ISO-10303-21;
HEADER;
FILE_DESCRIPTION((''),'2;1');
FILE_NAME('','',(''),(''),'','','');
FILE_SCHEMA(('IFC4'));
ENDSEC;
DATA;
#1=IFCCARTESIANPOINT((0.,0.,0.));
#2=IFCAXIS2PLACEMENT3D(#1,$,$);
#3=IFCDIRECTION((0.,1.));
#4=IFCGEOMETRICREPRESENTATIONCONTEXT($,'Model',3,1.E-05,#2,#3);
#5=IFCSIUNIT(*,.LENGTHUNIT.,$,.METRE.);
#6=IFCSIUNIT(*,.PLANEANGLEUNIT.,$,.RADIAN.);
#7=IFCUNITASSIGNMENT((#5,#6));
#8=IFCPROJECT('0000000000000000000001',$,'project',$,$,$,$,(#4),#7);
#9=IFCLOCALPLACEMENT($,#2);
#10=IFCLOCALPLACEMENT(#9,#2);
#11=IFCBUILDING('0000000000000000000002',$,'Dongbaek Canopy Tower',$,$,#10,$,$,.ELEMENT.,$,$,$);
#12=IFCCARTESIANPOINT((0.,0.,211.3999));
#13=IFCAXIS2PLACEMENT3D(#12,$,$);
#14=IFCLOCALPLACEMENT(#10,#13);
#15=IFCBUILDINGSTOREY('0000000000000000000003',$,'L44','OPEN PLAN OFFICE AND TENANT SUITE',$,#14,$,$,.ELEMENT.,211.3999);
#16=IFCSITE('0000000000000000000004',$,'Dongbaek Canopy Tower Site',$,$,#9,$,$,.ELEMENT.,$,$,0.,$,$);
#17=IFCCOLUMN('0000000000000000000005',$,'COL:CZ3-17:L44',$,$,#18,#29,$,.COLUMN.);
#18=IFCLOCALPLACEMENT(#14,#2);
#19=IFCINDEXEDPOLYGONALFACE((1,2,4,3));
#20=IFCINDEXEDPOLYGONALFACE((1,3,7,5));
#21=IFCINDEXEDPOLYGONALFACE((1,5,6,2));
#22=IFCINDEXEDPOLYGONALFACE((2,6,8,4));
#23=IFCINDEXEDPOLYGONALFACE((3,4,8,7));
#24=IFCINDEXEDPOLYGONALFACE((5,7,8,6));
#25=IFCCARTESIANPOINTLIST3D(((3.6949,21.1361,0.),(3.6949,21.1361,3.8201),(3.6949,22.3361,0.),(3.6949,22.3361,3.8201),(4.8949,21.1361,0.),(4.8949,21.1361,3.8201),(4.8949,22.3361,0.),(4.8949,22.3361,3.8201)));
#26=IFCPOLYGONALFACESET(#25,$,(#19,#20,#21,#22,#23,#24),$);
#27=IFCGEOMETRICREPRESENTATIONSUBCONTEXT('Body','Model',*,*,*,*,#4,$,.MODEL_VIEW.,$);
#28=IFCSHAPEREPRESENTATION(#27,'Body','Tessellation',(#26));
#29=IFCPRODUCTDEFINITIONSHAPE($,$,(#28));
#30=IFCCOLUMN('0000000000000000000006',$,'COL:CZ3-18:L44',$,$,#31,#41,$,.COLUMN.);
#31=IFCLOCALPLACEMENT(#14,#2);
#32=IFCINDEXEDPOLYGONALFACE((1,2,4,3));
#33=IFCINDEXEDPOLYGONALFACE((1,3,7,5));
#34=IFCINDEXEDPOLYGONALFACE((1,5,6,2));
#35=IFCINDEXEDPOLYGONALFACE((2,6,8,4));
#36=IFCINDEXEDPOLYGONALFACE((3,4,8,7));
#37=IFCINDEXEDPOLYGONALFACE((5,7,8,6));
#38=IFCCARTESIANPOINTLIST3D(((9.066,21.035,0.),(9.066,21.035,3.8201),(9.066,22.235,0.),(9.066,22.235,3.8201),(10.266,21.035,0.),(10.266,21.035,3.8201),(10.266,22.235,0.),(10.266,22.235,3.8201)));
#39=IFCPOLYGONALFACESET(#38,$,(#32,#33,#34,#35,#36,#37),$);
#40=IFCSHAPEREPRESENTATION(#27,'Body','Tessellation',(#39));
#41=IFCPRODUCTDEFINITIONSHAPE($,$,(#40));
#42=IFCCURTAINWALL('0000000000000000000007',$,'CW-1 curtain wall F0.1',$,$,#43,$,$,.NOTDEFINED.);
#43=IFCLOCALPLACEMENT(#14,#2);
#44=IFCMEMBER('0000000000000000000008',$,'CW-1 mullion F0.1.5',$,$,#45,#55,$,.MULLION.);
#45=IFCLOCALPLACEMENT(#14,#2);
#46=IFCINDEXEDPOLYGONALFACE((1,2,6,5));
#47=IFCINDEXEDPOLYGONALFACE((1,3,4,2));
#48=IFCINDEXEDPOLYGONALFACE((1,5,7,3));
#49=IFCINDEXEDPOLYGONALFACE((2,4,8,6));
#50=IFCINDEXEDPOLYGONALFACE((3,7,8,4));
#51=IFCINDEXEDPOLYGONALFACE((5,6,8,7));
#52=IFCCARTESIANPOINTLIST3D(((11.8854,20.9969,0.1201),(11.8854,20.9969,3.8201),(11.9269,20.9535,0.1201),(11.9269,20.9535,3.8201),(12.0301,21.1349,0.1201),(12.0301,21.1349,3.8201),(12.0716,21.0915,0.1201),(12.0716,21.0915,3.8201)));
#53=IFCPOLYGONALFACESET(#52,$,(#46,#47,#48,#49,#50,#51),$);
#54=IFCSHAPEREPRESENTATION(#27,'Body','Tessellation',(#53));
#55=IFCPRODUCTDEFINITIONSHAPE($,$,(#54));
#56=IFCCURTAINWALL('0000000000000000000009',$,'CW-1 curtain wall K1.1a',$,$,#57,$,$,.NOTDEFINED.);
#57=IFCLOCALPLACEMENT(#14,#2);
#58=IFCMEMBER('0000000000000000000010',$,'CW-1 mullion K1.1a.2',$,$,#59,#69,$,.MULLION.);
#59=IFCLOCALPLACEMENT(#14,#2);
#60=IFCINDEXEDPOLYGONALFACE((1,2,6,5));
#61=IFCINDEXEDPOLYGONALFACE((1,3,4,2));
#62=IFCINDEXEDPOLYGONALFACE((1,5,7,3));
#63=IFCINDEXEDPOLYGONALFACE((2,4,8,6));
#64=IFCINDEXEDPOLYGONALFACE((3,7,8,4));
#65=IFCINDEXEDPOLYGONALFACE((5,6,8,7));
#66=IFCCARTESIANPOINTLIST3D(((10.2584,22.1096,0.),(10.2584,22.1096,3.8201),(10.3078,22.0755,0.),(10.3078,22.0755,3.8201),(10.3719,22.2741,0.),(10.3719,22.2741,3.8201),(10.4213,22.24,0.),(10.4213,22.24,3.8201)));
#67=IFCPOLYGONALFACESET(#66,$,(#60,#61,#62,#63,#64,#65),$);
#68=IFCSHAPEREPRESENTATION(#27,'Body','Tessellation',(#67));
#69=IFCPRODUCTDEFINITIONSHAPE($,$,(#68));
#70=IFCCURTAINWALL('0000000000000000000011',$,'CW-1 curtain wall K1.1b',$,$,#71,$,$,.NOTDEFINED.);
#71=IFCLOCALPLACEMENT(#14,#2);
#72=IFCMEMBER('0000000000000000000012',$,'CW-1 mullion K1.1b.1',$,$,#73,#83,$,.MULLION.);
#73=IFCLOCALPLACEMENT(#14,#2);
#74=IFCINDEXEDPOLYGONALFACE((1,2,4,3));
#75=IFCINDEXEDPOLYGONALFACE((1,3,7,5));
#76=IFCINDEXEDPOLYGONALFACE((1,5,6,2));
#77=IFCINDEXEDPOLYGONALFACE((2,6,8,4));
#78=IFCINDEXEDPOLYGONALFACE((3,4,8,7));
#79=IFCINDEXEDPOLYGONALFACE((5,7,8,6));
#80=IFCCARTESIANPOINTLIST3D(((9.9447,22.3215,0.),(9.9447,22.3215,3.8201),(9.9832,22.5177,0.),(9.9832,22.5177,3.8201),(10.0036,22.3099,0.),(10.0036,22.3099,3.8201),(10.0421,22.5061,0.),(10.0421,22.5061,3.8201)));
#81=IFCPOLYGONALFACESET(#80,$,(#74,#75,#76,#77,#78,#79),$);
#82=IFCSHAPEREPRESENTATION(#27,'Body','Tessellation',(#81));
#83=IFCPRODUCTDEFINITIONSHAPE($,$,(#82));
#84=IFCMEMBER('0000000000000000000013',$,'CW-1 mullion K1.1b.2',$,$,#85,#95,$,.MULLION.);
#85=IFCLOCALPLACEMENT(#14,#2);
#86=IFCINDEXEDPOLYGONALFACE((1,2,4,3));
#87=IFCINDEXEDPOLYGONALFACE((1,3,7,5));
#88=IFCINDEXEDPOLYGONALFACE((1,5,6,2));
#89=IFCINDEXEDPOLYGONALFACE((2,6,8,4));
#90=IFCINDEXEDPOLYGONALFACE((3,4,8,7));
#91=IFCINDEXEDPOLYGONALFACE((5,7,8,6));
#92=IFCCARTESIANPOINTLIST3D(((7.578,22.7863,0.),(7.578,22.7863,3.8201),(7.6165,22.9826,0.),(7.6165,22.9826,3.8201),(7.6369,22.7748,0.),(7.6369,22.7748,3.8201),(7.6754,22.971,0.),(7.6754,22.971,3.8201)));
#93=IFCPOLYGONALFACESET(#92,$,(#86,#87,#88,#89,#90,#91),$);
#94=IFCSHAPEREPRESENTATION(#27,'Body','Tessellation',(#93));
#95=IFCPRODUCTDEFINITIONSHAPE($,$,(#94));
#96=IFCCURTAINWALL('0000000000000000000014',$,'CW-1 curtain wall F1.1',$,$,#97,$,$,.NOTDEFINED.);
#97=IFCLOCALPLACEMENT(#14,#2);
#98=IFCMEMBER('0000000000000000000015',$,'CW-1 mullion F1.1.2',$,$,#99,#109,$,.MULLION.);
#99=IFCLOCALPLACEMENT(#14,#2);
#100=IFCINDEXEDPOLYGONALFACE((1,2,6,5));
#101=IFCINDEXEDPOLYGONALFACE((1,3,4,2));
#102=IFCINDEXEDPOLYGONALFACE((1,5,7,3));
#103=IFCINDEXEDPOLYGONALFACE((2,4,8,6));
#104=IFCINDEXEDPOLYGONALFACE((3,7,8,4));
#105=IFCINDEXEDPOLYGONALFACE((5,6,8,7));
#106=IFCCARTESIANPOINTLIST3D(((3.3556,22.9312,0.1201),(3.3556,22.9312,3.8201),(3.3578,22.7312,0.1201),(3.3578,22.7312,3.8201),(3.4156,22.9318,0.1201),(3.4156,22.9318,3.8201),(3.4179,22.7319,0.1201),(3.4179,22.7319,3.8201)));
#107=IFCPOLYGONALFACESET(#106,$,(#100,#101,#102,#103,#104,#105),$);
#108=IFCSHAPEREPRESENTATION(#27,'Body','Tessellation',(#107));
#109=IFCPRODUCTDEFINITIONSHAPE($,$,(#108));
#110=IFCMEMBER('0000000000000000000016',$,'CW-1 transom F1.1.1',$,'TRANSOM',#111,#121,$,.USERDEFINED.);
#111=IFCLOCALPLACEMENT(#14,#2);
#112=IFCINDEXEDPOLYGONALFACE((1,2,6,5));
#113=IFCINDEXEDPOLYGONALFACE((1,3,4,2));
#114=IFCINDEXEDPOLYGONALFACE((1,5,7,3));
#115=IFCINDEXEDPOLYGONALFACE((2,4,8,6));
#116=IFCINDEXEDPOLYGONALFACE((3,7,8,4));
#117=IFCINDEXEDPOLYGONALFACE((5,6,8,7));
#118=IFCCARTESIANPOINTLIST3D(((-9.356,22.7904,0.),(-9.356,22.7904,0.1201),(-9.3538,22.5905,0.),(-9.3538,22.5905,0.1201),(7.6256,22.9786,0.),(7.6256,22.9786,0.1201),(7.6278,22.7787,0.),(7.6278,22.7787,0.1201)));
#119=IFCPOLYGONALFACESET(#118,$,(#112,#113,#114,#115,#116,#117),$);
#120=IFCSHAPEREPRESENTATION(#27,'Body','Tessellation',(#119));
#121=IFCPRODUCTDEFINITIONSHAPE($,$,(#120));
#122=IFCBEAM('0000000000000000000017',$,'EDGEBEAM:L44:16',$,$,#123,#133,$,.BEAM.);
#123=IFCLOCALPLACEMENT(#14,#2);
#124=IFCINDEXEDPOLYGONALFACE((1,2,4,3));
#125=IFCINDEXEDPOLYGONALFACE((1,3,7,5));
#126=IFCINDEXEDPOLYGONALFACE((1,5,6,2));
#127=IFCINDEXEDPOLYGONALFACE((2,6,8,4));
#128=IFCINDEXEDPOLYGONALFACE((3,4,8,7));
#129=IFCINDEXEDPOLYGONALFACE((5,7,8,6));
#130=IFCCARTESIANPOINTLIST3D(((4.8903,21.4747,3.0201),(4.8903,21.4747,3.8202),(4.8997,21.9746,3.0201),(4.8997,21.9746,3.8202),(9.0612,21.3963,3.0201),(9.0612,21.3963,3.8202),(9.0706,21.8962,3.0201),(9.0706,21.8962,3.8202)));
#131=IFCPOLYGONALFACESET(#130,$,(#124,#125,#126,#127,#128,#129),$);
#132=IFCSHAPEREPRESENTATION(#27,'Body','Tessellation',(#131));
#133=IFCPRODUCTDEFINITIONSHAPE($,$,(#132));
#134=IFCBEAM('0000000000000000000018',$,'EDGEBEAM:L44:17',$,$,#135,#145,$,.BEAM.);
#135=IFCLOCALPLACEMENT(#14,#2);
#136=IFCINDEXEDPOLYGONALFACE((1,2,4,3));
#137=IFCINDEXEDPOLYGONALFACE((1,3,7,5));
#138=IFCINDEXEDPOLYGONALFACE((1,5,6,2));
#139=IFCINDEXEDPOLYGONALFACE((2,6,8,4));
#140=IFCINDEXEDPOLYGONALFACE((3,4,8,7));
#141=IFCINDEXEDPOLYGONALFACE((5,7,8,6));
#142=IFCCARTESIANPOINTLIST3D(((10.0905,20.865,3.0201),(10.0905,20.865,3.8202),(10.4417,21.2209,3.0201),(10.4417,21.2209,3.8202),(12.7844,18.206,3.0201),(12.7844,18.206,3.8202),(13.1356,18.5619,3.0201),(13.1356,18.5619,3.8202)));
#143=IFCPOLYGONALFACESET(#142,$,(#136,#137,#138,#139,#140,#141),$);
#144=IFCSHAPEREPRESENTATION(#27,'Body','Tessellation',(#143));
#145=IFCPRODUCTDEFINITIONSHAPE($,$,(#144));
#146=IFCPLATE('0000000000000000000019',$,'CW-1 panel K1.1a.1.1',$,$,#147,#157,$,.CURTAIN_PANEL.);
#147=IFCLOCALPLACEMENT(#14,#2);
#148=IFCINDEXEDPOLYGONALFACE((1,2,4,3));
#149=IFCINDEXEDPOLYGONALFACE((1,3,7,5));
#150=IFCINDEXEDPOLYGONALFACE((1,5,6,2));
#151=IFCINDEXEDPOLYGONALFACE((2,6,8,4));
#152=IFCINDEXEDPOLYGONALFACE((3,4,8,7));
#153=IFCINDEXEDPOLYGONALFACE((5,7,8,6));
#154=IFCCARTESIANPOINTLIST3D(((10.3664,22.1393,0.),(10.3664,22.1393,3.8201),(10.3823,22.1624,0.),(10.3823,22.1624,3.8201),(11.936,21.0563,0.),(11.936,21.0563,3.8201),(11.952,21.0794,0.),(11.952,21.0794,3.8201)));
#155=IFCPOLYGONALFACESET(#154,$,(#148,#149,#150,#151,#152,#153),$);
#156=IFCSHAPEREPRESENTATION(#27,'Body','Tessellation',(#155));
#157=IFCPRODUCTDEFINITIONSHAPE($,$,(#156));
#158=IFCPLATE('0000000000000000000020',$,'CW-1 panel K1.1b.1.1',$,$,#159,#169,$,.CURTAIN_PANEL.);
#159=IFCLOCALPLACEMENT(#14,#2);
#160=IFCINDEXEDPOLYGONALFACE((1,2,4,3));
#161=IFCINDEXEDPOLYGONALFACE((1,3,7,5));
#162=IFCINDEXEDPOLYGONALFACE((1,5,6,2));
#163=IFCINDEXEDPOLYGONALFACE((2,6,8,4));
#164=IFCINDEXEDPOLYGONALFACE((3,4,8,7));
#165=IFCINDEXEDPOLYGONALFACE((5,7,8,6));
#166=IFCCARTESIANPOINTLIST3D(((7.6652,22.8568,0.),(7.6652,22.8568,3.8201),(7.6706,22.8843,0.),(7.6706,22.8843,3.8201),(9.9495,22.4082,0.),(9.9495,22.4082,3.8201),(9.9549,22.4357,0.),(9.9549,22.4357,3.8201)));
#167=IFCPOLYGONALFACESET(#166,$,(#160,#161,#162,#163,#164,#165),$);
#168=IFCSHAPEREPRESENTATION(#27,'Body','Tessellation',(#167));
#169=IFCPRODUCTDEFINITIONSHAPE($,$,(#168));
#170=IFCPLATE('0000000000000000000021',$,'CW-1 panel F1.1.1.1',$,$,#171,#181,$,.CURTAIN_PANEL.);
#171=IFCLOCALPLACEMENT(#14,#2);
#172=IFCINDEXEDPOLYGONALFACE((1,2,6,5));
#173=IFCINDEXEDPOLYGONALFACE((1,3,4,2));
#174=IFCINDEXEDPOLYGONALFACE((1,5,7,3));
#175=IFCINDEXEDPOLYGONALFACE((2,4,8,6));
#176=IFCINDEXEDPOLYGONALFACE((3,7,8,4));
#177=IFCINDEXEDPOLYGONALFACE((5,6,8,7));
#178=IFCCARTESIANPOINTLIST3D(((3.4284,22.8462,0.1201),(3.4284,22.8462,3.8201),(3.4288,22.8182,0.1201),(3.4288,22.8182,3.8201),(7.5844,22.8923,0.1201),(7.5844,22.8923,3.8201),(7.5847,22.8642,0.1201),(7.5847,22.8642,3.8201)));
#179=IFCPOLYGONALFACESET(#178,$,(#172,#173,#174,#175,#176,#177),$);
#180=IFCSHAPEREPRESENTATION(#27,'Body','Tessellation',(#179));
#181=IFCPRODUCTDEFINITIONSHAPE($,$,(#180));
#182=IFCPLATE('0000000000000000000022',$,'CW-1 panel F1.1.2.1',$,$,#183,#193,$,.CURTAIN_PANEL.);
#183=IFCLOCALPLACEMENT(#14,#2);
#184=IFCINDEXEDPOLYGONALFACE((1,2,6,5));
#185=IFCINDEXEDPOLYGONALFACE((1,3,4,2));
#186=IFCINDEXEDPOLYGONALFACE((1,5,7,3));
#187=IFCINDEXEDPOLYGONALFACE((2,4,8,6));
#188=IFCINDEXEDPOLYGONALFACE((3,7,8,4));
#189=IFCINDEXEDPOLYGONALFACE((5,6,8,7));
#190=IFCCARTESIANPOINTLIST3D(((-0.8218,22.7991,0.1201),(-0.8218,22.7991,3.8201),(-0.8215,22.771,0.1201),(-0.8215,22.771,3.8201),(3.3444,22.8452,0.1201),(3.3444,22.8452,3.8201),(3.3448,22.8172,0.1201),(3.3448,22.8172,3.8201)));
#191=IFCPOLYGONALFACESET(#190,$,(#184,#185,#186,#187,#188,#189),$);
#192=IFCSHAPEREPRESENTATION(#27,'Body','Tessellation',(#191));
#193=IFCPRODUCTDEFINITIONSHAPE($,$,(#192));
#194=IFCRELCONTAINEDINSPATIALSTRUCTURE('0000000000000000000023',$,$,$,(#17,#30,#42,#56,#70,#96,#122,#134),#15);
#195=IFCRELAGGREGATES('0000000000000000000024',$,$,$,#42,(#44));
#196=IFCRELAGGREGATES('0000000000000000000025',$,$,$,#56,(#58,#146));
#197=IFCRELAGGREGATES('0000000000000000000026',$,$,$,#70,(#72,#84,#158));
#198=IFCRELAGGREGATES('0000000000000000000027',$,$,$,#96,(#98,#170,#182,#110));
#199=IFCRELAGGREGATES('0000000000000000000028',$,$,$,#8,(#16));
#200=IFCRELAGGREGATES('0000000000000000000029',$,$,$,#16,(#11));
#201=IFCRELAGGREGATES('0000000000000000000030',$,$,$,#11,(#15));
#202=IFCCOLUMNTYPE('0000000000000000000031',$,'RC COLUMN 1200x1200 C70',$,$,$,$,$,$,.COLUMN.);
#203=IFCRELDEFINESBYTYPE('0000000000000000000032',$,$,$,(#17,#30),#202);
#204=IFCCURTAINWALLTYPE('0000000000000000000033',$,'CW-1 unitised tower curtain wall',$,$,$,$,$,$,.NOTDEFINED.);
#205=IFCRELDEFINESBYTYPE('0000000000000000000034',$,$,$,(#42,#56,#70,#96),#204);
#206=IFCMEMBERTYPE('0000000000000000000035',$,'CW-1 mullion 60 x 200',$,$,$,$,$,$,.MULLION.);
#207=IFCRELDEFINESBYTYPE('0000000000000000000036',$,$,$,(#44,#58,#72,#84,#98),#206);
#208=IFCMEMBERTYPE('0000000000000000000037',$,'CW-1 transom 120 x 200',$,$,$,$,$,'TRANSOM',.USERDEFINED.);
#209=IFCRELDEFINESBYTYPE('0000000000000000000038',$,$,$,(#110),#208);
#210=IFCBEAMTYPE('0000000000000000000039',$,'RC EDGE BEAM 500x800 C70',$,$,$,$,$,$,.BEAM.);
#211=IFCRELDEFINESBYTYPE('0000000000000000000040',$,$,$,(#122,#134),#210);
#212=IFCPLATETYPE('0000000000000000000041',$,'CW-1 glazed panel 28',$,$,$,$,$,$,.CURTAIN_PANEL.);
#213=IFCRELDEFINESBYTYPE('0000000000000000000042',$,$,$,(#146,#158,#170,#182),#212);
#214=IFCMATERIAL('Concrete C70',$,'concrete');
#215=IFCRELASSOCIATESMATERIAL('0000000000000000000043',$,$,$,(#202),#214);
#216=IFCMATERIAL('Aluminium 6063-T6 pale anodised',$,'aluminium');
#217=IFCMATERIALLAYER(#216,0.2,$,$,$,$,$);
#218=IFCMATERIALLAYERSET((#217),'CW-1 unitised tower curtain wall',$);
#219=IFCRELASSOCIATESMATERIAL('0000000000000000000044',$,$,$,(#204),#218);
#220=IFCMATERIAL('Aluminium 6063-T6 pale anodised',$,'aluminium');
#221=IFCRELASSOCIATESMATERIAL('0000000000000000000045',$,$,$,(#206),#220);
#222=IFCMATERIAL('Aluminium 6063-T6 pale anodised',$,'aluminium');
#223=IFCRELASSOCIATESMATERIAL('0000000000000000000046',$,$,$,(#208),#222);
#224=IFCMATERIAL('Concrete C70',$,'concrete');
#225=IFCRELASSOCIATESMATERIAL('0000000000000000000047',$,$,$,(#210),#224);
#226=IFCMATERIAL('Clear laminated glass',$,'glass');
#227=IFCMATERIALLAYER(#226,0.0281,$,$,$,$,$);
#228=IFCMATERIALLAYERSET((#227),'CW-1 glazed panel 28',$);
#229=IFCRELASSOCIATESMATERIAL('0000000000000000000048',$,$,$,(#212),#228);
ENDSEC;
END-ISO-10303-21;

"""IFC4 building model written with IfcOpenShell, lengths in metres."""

from ifc_helpers import new_model, si_unit, direction, frame, origin, origin_2d, place, context, subcontext, project, spatial, rectangle, extrude, material, layer, layer_set, material_profile, profile_set, type_object, element, aggregate, save


model = new_model("IFC4")

# Units and contexts
model_context = context("Model", 3, precision=1e-05, world=origin(), true_north=direction((0.0, 1.0)))
body_context = subcontext(model_context, "Body", "Model", "MODEL_VIEW")
ifc_project = project(units=[si_unit("LENGTHUNIT", "METRE"), si_unit("PLANEANGLEUNIT", "RADIAN")], contexts=[model_context])

# Site, building, storey
site_placement = place(None, origin())
site = spatial("IfcSite", under=ifc_project, at=site_placement, Name="Dongbaek Canopy Tower Site", CompositionType="ELEMENT", RefElevation=0.0)
building_placement = place(site_placement, origin())
building = spatial("IfcBuilding", under=site, at=building_placement, Name="Dongbaek Canopy Tower", CompositionType="ELEMENT")
storey_placement = place(building_placement, frame((0.0, 0.0, 211.3999)))
storey = spatial("IfcBuildingStorey", under=building, at=storey_placement, Name="L44", Description="OPEN PLAN OFFICE AND TENANT SUITE", CompositionType="ELEMENT", Elevation=211.3999)

# Columns
ifc_material_1 = material(Name="Concrete C70", Category="concrete")
ifc_material_profile_1 = material_profile(ifc_material_1, rectangle(XDim=1.2, YDim=1.2, at=origin_2d()), Name="RC COLUMN 1200x1200 C70")
ifc_profile_set_1 = profile_set([ifc_material_profile_1], Name="Concrete C70")
column_type = type_object("IfcColumnType", Name="RC COLUMN 1200x1200 C70", PredefinedType="COLUMN", material=ifc_profile_set_1)
for number, where, z_axis, x_axis, name in (
    (1, (4.2949, 21.7361, 0.0), (0.0, 0.0, 1.0), (1.0, 0.0, 0.0), "COL:CZ3-17:L44"),
    (2, (9.666, 21.635, 0.0), (0.0, 0.0, 1.0), (1.0, 0.0, 0.0), "COL:CZ3-18:L44"),
):
    element("IfcColumn", number, at=place(storey_placement, frame(where, z_axis=z_axis, x_axis=x_axis)), inside=storey, type_object=column_type, Name=name, PredefinedType="COLUMN", context=body_context, shape_type="SweptSolid", body=[
        extrude(rectangle(XDim=1.2, YDim=1.2, at=origin_2d()), origin(), (0.0, 0.0, 1.0), 3.8201),
    ])

# Curtain walls, members
ifc_material_2 = material(Name="Aluminium 6063-T6 pale anodised", Category="aluminium")
ifc_layer_1 = layer(ifc_material_2, 0.2)
ifc_layer_set_1 = layer_set([ifc_layer_1], Name="CW-1 unitised tower curtain wall")
curtain_wall_type = type_object("IfcCurtainWallType", Name="CW-1 unitised tower curtain wall", PredefinedType="NOTDEFINED", material=ifc_layer_set_1)
curtain_wall_1_placement = place(storey_placement, origin())
curtain_wall_1 = element("IfcCurtainWall", 3, at=curtain_wall_1_placement, inside=storey, type_object=curtain_wall_type, Name="CW-1 curtain wall F0.1", PredefinedType="NOTDEFINED")
ifc_material_3 = material(Name="Aluminium 6063-T6 pale anodised", Category="aluminium")
ifc_material_profile_2 = material_profile(ifc_material_3, rectangle(XDim=0.2, YDim=0.0601, at=origin_2d()), Name="CW-1 mullion 60 x 200")
ifc_profile_set_2 = profile_set([ifc_material_profile_2], Name="Aluminium 6063-T6 pale anodised")
member_type_1 = type_object("IfcMemberType", Name="CW-1 mullion 60 x 200", PredefinedType="MULLION", material=ifc_profile_set_2)
member_1_placement = place(storey_placement, frame((11.9785, 21.0442, 0.1201), z_axis=(0.0, 0.0, 1.0), x_axis=(0.723571, 0.69025, 0.0)))
member_1 = element("IfcMember", 4, at=member_1_placement, type_object=member_type_1, Name="CW-1 mullion F0.1.5", PredefinedType="MULLION", context=body_context, shape_type="SweptSolid", body=[
    extrude(rectangle(XDim=0.2, YDim=0.0601, at=origin_2d()), origin(), (0.0, 0.0, 1.0), 3.7),
])
aggregate(curtain_wall_1, [member_1])
curtain_wall_2_placement = place(storey_placement, origin())
curtain_wall_2 = element("IfcCurtainWall", 5, at=curtain_wall_2_placement, inside=storey, type_object=curtain_wall_type, Name="CW-1 curtain wall K1.1a", PredefinedType="NOTDEFINED")
member_2_placement = place(storey_placement, frame((10.3398, 22.1748, 0.0), z_axis=(0.0, 0.0, 1.0), x_axis=(0.567898, 0.823099, 0.0)))
member_2 = element("IfcMember", 6, at=member_2_placement, type_object=member_type_1, Name="CW-1 mullion K1.1a.2", PredefinedType="MULLION", context=body_context, shape_type="SweptSolid", body=[
    extrude(rectangle(XDim=0.2, YDim=0.0601, at=origin_2d()), origin(), (0.0, 0.0, 1.0), 3.8201),
])

# Curtain walls, members
curtain_wall_3_placement = place(storey_placement, origin())
curtain_wall_3 = element("IfcCurtainWall", 7, at=curtain_wall_3_placement, inside=storey, type_object=curtain_wall_type, Name="CW-1 curtain wall K1.1b", PredefinedType="NOTDEFINED")
member_3_placement = place(storey_placement, frame((9.9934, 22.4138, 0.0), z_axis=(0.0, 0.0, 1.0), x_axis=(0.192713, 0.981255, 0.0)))
member_3 = element("IfcMember", 8, at=member_3_placement, type_object=member_type_1, Name="CW-1 mullion K1.1b.1", PredefinedType="MULLION", context=body_context, shape_type="SweptSolid", body=[
    extrude(rectangle(XDim=0.2, YDim=0.0601, at=origin_2d()), origin(), (0.0, 0.0, 1.0), 3.8201),
])
member_4_placement = place(storey_placement, frame((7.6267, 22.8787, 0.0), z_axis=(0.0, 0.0, 1.0), x_axis=(0.192713, 0.981255, 0.0)))
member_4 = element("IfcMember", 9, at=member_4_placement, type_object=member_type_1, Name="CW-1 mullion K1.1b.2", PredefinedType="MULLION", context=body_context, shape_type="SweptSolid", body=[
    extrude(rectangle(XDim=0.2, YDim=0.0601, at=origin_2d()), origin(), (0.0, 0.0, 1.0), 3.8201),
])
curtain_wall_4_placement = place(storey_placement, origin())
curtain_wall_4 = element("IfcCurtainWall", 10, at=curtain_wall_4_placement, inside=storey, type_object=curtain_wall_type, Name="CW-1 curtain wall F1.1", PredefinedType="NOTDEFINED")
member_5_placement = place(storey_placement, frame((3.3867, 22.8315, 0.1201), z_axis=(0.0, 0.0, 1.0), x_axis=(-0.011085, 0.999939, 0.0)))
member_5 = element("IfcMember", 11, at=member_5_placement, type_object=member_type_1, Name="CW-1 mullion F1.1.2", PredefinedType="MULLION", context=body_context, shape_type="SweptSolid", body=[
    extrude(rectangle(XDim=0.2, YDim=0.0601, at=origin_2d()), origin(), (0.0, 0.0, 1.0), 3.7),
])
ifc_material_4 = material(Name="Aluminium 6063-T6 pale anodised", Category="aluminium")
ifc_material_profile_3 = material_profile(ifc_material_4, rectangle(XDim=0.2, YDim=0.1201, at=origin_2d()), Name="CW-1 transom 120 x 200")
ifc_profile_set_3 = profile_set([ifc_material_profile_3], Name="Aluminium 6063-T6 pale anodised")
member_type_2 = type_object("IfcMemberType", Name="CW-1 transom 120 x 200", ElementType="TRANSOM", PredefinedType="USERDEFINED", material=ifc_profile_set_3)
member_6_placement = place(storey_placement, frame((7.6267, 22.8787, 0.0601), z_axis=(-0.999939, -0.011084, 0.0), x_axis=(0.011084, -0.999939, 0.0)))
member_6 = element("IfcMember", 12, at=member_6_placement, type_object=member_type_2, Name="CW-1 transom F1.1.1", ObjectType="TRANSOM", PredefinedType="USERDEFINED", context=body_context, shape_type="SweptSolid", body=[
    extrude(rectangle(XDim=0.2, YDim=0.1201, at=origin_2d()), origin(), (0.0, 0.0, 1.0), 16.9827),
])

# Beams
ifc_material_5 = material(Name="Concrete C70", Category="concrete")
ifc_material_profile_4 = material_profile(ifc_material_5, rectangle(XDim=0.5, YDim=0.8, at=origin_2d()), Name="RC EDGE BEAM 500x800 C70")
ifc_profile_set_4 = profile_set([ifc_material_profile_4], Name="Concrete C70")
beam_type = type_object("IfcBeamType", Name="RC EDGE BEAM 500x800 C70", PredefinedType="BEAM", material=ifc_profile_set_4)
beam_1_placement = place(storey_placement, frame((4.895, 21.7246, 3.4202), z_axis=(0.999824, -0.018786, 0.0), x_axis=(0.018786, 0.999824, 0.0)))
element("IfcBeam", 13, at=beam_1_placement, inside=storey, type_object=beam_type, Name="EDGEBEAM:L44:16", PredefinedType="BEAM", context=body_context, shape_type="SweptSolid", body=[
    extrude(rectangle(XDim=0.5, YDim=0.8, at=origin_2d()), origin(), (0.0, 0.0, 1.0), 4.1716),
])
beam_2_placement = place(storey_placement, frame((10.2661, 21.043, 3.4202), z_axis=(0.711704, -0.70248, 0.0), x_axis=(0.70248, 0.711704, 0.0)))
element("IfcBeam", 14, at=beam_2_placement, inside=storey, type_object=beam_type, Name="EDGEBEAM:L44:17", PredefinedType="BEAM", context=body_context, shape_type="SweptSolid", body=[
    extrude(rectangle(XDim=0.5, YDim=0.8, at=origin_2d()), origin(), (0.0, 0.0, 1.0), 3.7852),
])

# Plates
ifc_material_6 = material(Name="Clear laminated glass", Category="glass")
ifc_layer_2 = layer(ifc_material_6, 0.0281)
ifc_layer_set_2 = layer_set([ifc_layer_2], Name="CW-1 glazed panel 28")
plate_type = type_object("IfcPlateType", Name="CW-1 glazed panel 28", PredefinedType="CURTAIN_PANEL", material=ifc_layer_set_2)
plate_1_placement = place(storey_placement, frame((11.1592, 21.6094, 0.0), z_axis=(0.0, 0.0, 1.0), x_axis=(-0.823099, 0.567898, 0.0)))
plate_1 = element("IfcPlate", 15, at=plate_1_placement, type_object=plate_type, Name="CW-1 panel K1.1a.1.1", PredefinedType="CURTAIN_PANEL", context=body_context, shape_type="SweptSolid", body=[
    extrude(rectangle(XDim=1.907, YDim=0.0281, at=origin_2d()), origin(), (0.0, 0.0, 1.0), 3.8201),
])
aggregate(curtain_wall_2, [member_2, plate_1])
plate_2_placement = place(storey_placement, frame((8.8101, 22.6462, 0.0), z_axis=(0.0, 0.0, 1.0), x_axis=(-0.981255, 0.192713, 0.0)))
plate_2 = element("IfcPlate", 16, at=plate_2_placement, type_object=plate_type, Name="CW-1 panel K1.1b.1.1", PredefinedType="CURTAIN_PANEL", context=body_context, shape_type="SweptSolid", body=[
    extrude(rectangle(XDim=2.3279, YDim=0.0281, at=origin_2d()), origin(), (0.0, 0.0, 1.0), 3.8201),
])
aggregate(curtain_wall_3, [member_3, member_4, plate_2])
plate_3_placement = place(storey_placement, frame((5.5066, 22.8552, 0.1201), z_axis=(0.0, 0.0, 1.0), x_axis=(-0.999939, -0.011085, 0.0)))
plate_3 = element("IfcPlate", 17, at=plate_3_placement, type_object=plate_type, Name="CW-1 panel F1.1.1.1", PredefinedType="CURTAIN_PANEL", context=body_context, shape_type="SweptSolid", body=[
    extrude(rectangle(XDim=4.1562, YDim=0.0281, at=origin_2d()), origin(), (0.0, 0.0, 1.0), 3.7),
])
plate_4_placement = place(storey_placement, frame((1.2615, 22.8081, 0.1201), z_axis=(0.0, 0.0, 1.0), x_axis=(-0.999939, -0.011085, 0.0)))
plate_4 = element("IfcPlate", 18, at=plate_4_placement, type_object=plate_type, Name="CW-1 panel F1.1.2.1", PredefinedType="CURTAIN_PANEL", context=body_context, shape_type="SweptSolid", body=[
    extrude(rectangle(XDim=4.1665, YDim=0.0281, at=origin_2d()), origin(), (0.0, 0.0, 1.0), 3.7),
])

aggregate(curtain_wall_4, [member_5, plate_3, plate_4, member_6])

save(model, "model.ifc")
